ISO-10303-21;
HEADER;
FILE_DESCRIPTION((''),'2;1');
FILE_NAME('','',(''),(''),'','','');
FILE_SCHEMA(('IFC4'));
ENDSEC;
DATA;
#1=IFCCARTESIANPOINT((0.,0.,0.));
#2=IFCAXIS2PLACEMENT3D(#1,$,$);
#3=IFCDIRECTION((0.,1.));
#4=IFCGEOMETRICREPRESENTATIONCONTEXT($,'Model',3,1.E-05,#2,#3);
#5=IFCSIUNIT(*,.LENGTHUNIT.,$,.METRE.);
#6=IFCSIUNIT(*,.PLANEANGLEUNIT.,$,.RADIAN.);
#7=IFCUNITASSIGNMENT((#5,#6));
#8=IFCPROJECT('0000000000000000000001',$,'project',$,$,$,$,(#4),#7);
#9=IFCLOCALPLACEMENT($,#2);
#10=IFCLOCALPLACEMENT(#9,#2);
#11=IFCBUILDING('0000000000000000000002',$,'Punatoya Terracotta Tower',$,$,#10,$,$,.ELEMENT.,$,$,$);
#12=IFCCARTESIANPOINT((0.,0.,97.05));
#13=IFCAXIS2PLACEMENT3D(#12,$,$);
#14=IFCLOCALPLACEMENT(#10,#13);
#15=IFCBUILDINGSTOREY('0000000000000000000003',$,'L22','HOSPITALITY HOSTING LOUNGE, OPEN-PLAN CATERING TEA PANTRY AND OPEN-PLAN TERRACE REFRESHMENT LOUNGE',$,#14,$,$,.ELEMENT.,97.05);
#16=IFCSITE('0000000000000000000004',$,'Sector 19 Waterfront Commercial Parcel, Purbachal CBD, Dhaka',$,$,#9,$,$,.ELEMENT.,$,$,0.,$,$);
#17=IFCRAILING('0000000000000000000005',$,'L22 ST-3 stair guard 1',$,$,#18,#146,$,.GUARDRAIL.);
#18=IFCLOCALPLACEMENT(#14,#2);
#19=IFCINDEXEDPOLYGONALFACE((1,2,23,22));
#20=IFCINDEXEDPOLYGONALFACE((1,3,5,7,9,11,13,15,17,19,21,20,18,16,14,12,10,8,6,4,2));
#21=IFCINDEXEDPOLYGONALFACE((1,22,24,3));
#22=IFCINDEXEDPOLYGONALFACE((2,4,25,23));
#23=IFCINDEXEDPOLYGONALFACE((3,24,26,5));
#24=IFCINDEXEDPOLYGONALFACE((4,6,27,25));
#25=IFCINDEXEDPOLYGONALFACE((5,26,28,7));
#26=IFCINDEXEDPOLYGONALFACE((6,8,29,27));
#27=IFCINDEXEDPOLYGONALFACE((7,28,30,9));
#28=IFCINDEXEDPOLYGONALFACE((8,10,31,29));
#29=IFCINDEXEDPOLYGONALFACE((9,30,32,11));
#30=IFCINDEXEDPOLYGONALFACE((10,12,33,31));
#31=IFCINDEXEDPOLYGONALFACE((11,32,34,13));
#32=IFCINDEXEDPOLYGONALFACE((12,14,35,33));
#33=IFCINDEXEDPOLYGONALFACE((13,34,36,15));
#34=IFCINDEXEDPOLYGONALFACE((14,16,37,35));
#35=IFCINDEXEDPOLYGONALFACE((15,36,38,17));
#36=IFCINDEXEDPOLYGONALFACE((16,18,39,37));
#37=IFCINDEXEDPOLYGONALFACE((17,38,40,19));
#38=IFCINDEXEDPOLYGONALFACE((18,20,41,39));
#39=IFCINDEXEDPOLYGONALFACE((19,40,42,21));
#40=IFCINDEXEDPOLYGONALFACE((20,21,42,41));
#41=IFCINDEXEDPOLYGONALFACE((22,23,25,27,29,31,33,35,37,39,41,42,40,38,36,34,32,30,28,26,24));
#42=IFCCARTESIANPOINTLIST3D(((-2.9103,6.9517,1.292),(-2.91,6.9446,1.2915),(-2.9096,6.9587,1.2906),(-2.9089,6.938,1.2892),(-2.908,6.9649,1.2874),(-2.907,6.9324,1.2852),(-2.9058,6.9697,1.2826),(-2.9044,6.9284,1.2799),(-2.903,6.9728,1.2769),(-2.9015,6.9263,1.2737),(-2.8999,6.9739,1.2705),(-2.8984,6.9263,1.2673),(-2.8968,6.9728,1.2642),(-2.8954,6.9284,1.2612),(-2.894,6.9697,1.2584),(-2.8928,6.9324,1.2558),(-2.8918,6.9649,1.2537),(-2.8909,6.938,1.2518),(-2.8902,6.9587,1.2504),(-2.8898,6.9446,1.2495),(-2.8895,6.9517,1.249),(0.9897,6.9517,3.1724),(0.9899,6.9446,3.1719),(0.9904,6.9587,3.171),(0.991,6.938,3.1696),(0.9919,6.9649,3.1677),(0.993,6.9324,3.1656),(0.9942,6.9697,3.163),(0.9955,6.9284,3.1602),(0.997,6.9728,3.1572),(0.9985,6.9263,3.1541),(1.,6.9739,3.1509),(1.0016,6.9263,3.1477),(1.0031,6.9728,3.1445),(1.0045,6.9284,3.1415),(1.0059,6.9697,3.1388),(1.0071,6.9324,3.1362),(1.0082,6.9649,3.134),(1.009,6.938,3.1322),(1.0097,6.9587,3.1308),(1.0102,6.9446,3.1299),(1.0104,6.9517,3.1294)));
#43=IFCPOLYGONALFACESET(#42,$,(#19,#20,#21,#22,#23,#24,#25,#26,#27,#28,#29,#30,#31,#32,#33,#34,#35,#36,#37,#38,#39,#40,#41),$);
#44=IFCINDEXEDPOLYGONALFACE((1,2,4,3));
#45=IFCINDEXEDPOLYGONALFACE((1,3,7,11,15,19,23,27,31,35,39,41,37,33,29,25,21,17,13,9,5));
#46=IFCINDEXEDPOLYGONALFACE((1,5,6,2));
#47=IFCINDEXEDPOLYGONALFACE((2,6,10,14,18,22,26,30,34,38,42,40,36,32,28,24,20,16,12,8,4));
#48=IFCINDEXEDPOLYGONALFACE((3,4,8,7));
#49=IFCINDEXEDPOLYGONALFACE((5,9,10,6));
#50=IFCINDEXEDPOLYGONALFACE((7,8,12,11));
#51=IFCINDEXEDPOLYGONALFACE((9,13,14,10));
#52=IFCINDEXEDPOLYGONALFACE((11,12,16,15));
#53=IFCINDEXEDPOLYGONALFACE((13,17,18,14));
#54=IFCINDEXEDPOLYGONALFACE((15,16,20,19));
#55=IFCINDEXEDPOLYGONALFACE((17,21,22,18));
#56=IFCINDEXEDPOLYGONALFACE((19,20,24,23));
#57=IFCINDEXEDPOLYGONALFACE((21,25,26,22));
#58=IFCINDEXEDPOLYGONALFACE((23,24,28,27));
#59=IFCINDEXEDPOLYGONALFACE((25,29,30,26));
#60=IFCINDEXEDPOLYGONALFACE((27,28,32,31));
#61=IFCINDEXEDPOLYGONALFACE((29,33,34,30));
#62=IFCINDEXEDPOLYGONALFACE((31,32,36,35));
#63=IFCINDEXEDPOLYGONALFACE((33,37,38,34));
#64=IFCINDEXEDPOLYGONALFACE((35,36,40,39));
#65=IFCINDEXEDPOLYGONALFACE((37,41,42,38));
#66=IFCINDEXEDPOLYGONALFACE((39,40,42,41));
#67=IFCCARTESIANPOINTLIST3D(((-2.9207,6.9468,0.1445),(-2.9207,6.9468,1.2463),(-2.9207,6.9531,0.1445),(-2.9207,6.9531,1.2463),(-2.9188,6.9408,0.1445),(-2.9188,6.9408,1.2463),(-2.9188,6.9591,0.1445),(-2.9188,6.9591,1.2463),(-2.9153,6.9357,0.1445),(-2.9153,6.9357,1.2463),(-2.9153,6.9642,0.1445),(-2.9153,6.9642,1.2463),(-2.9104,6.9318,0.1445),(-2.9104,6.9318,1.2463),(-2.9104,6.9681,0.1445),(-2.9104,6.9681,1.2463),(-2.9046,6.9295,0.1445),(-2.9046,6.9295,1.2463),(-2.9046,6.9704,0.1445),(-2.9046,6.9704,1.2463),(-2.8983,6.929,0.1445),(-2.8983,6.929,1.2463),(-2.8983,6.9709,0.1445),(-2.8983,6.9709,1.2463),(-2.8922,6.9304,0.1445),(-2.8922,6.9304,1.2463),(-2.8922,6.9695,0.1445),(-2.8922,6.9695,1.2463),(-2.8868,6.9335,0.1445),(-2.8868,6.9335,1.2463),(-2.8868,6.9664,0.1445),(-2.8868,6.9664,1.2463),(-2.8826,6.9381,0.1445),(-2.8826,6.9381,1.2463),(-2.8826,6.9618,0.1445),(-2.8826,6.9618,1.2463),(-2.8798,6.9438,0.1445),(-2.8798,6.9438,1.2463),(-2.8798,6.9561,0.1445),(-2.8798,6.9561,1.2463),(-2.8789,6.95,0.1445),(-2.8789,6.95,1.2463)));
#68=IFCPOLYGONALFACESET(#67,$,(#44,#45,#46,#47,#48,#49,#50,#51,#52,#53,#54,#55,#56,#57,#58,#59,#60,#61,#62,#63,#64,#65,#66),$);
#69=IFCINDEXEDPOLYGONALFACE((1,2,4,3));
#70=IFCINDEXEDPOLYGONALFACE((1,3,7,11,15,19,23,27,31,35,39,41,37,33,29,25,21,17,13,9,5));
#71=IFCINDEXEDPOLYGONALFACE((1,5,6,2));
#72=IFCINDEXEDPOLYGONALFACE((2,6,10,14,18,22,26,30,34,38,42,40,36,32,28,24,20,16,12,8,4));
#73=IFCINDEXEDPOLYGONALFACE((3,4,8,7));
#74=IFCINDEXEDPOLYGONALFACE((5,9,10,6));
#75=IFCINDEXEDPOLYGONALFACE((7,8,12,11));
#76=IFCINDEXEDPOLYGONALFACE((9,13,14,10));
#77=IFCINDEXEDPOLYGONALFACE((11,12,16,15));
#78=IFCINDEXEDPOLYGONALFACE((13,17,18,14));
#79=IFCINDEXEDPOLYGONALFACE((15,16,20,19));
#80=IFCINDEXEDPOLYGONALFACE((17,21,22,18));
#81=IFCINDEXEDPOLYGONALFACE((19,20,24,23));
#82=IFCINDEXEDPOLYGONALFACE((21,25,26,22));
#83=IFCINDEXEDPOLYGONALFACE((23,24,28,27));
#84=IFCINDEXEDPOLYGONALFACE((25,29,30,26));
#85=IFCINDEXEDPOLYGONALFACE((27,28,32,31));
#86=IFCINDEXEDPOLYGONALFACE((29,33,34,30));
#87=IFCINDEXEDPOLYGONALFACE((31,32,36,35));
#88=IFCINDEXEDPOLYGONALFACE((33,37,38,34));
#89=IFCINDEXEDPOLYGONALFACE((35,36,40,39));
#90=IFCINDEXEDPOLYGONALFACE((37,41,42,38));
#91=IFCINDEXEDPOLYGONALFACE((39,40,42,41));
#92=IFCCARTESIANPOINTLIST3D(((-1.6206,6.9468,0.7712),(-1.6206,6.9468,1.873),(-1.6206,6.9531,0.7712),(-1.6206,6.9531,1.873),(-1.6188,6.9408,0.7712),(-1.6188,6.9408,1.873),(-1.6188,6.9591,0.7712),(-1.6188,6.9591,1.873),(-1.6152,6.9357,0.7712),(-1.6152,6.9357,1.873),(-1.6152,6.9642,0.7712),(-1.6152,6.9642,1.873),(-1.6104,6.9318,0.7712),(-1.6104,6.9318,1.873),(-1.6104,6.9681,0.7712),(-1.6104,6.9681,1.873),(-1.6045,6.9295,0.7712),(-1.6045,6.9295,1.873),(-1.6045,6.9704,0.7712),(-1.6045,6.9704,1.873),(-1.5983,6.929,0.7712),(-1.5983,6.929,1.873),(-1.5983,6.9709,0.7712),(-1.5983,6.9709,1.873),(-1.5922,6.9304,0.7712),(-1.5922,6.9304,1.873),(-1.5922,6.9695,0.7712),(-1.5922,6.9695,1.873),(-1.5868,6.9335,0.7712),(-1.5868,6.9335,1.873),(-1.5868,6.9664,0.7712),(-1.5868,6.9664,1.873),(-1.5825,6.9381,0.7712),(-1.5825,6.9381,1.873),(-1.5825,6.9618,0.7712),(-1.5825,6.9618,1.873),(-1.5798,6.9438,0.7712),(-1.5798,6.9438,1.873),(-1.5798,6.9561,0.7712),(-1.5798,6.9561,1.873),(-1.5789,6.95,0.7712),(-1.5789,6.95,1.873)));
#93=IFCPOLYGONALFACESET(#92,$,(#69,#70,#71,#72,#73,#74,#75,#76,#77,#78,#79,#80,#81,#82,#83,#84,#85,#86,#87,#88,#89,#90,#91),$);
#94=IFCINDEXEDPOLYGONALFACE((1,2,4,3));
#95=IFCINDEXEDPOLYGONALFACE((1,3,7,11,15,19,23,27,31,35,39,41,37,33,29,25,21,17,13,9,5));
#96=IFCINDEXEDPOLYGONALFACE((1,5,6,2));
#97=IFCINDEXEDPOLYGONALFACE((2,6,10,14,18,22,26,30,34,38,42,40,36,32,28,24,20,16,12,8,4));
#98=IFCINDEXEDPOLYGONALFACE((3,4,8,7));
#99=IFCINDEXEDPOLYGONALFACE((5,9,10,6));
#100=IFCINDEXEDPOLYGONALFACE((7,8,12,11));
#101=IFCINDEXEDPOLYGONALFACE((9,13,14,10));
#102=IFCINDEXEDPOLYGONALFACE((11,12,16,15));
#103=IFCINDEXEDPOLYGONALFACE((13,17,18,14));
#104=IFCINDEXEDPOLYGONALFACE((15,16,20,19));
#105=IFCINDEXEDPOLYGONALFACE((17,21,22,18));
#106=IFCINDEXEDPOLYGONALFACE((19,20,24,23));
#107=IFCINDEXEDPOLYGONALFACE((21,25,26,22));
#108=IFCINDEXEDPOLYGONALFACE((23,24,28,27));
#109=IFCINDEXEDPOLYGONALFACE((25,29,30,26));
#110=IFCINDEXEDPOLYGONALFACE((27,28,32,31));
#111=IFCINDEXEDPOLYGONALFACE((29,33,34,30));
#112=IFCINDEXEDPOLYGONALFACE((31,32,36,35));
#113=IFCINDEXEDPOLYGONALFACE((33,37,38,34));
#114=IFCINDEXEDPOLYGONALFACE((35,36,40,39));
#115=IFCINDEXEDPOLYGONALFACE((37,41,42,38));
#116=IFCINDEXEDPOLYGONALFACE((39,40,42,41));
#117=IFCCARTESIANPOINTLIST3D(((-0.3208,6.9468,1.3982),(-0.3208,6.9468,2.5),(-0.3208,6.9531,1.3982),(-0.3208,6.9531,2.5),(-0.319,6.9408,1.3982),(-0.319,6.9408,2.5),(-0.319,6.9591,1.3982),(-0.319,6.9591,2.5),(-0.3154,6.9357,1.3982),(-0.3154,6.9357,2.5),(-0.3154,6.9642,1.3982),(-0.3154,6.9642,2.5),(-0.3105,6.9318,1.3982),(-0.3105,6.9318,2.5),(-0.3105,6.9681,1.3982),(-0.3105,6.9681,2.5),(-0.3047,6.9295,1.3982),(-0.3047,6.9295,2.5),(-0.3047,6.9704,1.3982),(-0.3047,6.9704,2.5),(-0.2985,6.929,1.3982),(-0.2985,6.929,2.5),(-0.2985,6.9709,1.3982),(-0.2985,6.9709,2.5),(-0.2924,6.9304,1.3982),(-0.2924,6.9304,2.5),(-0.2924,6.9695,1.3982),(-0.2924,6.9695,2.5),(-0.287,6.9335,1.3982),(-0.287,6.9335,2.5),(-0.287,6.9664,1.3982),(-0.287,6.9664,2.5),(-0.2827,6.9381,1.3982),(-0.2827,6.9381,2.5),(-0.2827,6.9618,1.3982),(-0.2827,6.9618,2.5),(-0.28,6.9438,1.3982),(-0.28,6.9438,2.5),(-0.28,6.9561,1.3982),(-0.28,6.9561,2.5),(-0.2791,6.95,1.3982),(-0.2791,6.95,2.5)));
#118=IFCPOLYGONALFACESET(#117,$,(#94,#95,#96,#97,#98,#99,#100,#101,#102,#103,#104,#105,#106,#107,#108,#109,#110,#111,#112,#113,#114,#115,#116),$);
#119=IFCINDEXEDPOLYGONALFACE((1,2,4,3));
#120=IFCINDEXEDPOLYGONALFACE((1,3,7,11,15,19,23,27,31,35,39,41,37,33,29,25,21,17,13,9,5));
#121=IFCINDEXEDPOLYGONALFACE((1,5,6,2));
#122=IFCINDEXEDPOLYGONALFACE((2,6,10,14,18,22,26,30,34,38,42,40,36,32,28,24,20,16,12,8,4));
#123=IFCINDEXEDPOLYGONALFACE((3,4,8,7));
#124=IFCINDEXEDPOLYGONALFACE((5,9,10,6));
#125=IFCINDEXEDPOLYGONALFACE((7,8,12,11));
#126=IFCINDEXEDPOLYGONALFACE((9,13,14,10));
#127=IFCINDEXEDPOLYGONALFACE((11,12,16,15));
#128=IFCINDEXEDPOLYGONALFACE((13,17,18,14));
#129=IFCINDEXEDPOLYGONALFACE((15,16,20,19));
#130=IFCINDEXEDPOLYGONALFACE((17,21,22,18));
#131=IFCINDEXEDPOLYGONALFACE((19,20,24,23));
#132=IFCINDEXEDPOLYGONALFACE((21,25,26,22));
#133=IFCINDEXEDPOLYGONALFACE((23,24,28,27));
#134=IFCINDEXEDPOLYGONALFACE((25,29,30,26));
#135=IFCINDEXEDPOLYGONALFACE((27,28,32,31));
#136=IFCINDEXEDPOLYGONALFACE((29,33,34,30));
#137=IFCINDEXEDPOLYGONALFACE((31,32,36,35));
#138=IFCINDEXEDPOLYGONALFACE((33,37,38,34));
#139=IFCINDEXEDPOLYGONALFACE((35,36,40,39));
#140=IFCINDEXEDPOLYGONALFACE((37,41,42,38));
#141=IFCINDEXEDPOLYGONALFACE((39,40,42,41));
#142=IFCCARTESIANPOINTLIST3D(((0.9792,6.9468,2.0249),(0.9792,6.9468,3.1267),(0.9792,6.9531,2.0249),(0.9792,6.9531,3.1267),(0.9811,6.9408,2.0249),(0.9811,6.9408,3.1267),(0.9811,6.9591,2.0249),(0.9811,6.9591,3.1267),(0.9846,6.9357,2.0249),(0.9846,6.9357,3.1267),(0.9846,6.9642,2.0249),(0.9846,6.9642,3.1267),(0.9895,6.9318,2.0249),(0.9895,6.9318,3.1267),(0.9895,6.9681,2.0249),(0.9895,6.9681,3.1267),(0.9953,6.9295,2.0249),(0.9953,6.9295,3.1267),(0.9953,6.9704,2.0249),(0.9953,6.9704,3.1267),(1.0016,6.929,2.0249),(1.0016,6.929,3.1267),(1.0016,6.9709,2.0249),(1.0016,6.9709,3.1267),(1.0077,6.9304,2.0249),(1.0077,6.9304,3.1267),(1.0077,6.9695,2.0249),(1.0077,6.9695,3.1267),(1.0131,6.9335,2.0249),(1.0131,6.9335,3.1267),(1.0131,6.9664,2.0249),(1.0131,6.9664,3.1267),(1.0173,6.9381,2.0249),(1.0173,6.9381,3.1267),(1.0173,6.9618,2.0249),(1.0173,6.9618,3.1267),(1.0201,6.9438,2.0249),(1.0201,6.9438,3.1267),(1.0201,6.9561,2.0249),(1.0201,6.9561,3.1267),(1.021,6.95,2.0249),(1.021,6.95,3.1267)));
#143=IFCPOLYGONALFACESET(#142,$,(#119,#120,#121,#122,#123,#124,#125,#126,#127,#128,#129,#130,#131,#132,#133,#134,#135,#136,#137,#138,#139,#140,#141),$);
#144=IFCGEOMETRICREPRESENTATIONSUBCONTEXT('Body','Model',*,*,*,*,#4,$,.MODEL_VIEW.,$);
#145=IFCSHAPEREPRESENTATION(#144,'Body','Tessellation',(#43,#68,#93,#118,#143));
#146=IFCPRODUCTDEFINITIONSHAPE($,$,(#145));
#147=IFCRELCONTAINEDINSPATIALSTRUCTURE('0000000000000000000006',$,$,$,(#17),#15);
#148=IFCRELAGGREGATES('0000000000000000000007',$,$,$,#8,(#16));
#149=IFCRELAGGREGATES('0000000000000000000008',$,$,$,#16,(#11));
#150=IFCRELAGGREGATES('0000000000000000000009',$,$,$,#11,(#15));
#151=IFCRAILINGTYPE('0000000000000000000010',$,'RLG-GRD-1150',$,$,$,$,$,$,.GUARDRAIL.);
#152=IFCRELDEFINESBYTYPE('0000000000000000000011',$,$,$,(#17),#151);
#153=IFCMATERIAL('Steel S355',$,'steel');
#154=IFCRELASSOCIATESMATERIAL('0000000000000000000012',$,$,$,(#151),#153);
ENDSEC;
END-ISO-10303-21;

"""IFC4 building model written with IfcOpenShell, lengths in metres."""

from ifc_helpers import new_model, si_unit, direction, frame, origin, origin_2d, place, context, subcontext, project, spatial, circle, extrude, material, type_object, element, save


model = new_model("IFC4")

# Units and contexts
model_context = context("Model", 3, precision=1e-05, world=origin(), true_north=direction((0.0, 1.0)))
body_context = subcontext(model_context, "Body", "Model", "MODEL_VIEW")
ifc_project = project(units=[si_unit("LENGTHUNIT", "METRE"), si_unit("PLANEANGLEUNIT", "RADIAN")], contexts=[model_context])

# Site, building, storey
site_placement = place(None, origin())
site = spatial("IfcSite", under=ifc_project, at=site_placement, Name="Sector 19 Waterfront Commercial Parcel, Purbachal CBD, Dhaka", CompositionType="ELEMENT", RefElevation=0.0)
building_placement = place(site_placement, origin())
building = spatial("IfcBuilding", under=site, at=building_placement, Name="Punatoya Terracotta Tower", CompositionType="ELEMENT")
storey_placement = place(building_placement, frame((0.0, 0.0, 97.05)))
storey = spatial("IfcBuildingStorey", under=building, at=storey_placement, Name="L22", Description="HOSPITALITY HOSTING LOUNGE, OPEN-PLAN CATERING TEA PANTRY AND OPEN-PLAN TERRACE REFRESHMENT LOUNGE", CompositionType="ELEMENT", Elevation=97.05)

# Shared definitions
ifc_material_1 = material(Name="Steel S355", Category="steel")

# Railing
railing_type_1 = type_object("IfcRailingType", Name="RLG-GRD-1150", PredefinedType="GUARDRAIL", material=ifc_material_1)
railing_1_placement = place(storey_placement, frame((-2.8999, 6.95, 0.1445)))
element("IfcRailing", 1, at=railing_1_placement, inside=storey, type_object=railing_type_1, Name="L22 ST-3 stair guard 1", PredefinedType="GUARDRAIL", context=body_context, shape_type="SweptSolid", body=[
    extrude(circle(Radius=0.0239, at=origin_2d()), frame((0.0, 0.0, 1.126), z_axis=(0.900763, 0.0, 0.434311), x_axis=(0.0, 1.0, 0.0)), (0.0, 0.0, 1.0), 4.3296),
    extrude(circle(Radius=0.021, at=origin_2d()), origin(), (0.0, 0.0, 1.0), 1.1018),
    extrude(circle(Radius=0.021, at=origin_2d()), frame((1.3, 0.0, 0.6267)), (0.0, 0.0, 1.0), 1.1018),
    extrude(circle(Radius=0.021, at=origin_2d()), frame((2.5999, 0.0, 1.2537)), (0.0, 0.0, 1.0), 1.1018),
    extrude(circle(Radius=0.021, at=origin_2d()), frame((3.8999, 0.0, 1.8804)), (0.0, 0.0, 1.0), 1.1018),
])

save(model, "model.ifc")
